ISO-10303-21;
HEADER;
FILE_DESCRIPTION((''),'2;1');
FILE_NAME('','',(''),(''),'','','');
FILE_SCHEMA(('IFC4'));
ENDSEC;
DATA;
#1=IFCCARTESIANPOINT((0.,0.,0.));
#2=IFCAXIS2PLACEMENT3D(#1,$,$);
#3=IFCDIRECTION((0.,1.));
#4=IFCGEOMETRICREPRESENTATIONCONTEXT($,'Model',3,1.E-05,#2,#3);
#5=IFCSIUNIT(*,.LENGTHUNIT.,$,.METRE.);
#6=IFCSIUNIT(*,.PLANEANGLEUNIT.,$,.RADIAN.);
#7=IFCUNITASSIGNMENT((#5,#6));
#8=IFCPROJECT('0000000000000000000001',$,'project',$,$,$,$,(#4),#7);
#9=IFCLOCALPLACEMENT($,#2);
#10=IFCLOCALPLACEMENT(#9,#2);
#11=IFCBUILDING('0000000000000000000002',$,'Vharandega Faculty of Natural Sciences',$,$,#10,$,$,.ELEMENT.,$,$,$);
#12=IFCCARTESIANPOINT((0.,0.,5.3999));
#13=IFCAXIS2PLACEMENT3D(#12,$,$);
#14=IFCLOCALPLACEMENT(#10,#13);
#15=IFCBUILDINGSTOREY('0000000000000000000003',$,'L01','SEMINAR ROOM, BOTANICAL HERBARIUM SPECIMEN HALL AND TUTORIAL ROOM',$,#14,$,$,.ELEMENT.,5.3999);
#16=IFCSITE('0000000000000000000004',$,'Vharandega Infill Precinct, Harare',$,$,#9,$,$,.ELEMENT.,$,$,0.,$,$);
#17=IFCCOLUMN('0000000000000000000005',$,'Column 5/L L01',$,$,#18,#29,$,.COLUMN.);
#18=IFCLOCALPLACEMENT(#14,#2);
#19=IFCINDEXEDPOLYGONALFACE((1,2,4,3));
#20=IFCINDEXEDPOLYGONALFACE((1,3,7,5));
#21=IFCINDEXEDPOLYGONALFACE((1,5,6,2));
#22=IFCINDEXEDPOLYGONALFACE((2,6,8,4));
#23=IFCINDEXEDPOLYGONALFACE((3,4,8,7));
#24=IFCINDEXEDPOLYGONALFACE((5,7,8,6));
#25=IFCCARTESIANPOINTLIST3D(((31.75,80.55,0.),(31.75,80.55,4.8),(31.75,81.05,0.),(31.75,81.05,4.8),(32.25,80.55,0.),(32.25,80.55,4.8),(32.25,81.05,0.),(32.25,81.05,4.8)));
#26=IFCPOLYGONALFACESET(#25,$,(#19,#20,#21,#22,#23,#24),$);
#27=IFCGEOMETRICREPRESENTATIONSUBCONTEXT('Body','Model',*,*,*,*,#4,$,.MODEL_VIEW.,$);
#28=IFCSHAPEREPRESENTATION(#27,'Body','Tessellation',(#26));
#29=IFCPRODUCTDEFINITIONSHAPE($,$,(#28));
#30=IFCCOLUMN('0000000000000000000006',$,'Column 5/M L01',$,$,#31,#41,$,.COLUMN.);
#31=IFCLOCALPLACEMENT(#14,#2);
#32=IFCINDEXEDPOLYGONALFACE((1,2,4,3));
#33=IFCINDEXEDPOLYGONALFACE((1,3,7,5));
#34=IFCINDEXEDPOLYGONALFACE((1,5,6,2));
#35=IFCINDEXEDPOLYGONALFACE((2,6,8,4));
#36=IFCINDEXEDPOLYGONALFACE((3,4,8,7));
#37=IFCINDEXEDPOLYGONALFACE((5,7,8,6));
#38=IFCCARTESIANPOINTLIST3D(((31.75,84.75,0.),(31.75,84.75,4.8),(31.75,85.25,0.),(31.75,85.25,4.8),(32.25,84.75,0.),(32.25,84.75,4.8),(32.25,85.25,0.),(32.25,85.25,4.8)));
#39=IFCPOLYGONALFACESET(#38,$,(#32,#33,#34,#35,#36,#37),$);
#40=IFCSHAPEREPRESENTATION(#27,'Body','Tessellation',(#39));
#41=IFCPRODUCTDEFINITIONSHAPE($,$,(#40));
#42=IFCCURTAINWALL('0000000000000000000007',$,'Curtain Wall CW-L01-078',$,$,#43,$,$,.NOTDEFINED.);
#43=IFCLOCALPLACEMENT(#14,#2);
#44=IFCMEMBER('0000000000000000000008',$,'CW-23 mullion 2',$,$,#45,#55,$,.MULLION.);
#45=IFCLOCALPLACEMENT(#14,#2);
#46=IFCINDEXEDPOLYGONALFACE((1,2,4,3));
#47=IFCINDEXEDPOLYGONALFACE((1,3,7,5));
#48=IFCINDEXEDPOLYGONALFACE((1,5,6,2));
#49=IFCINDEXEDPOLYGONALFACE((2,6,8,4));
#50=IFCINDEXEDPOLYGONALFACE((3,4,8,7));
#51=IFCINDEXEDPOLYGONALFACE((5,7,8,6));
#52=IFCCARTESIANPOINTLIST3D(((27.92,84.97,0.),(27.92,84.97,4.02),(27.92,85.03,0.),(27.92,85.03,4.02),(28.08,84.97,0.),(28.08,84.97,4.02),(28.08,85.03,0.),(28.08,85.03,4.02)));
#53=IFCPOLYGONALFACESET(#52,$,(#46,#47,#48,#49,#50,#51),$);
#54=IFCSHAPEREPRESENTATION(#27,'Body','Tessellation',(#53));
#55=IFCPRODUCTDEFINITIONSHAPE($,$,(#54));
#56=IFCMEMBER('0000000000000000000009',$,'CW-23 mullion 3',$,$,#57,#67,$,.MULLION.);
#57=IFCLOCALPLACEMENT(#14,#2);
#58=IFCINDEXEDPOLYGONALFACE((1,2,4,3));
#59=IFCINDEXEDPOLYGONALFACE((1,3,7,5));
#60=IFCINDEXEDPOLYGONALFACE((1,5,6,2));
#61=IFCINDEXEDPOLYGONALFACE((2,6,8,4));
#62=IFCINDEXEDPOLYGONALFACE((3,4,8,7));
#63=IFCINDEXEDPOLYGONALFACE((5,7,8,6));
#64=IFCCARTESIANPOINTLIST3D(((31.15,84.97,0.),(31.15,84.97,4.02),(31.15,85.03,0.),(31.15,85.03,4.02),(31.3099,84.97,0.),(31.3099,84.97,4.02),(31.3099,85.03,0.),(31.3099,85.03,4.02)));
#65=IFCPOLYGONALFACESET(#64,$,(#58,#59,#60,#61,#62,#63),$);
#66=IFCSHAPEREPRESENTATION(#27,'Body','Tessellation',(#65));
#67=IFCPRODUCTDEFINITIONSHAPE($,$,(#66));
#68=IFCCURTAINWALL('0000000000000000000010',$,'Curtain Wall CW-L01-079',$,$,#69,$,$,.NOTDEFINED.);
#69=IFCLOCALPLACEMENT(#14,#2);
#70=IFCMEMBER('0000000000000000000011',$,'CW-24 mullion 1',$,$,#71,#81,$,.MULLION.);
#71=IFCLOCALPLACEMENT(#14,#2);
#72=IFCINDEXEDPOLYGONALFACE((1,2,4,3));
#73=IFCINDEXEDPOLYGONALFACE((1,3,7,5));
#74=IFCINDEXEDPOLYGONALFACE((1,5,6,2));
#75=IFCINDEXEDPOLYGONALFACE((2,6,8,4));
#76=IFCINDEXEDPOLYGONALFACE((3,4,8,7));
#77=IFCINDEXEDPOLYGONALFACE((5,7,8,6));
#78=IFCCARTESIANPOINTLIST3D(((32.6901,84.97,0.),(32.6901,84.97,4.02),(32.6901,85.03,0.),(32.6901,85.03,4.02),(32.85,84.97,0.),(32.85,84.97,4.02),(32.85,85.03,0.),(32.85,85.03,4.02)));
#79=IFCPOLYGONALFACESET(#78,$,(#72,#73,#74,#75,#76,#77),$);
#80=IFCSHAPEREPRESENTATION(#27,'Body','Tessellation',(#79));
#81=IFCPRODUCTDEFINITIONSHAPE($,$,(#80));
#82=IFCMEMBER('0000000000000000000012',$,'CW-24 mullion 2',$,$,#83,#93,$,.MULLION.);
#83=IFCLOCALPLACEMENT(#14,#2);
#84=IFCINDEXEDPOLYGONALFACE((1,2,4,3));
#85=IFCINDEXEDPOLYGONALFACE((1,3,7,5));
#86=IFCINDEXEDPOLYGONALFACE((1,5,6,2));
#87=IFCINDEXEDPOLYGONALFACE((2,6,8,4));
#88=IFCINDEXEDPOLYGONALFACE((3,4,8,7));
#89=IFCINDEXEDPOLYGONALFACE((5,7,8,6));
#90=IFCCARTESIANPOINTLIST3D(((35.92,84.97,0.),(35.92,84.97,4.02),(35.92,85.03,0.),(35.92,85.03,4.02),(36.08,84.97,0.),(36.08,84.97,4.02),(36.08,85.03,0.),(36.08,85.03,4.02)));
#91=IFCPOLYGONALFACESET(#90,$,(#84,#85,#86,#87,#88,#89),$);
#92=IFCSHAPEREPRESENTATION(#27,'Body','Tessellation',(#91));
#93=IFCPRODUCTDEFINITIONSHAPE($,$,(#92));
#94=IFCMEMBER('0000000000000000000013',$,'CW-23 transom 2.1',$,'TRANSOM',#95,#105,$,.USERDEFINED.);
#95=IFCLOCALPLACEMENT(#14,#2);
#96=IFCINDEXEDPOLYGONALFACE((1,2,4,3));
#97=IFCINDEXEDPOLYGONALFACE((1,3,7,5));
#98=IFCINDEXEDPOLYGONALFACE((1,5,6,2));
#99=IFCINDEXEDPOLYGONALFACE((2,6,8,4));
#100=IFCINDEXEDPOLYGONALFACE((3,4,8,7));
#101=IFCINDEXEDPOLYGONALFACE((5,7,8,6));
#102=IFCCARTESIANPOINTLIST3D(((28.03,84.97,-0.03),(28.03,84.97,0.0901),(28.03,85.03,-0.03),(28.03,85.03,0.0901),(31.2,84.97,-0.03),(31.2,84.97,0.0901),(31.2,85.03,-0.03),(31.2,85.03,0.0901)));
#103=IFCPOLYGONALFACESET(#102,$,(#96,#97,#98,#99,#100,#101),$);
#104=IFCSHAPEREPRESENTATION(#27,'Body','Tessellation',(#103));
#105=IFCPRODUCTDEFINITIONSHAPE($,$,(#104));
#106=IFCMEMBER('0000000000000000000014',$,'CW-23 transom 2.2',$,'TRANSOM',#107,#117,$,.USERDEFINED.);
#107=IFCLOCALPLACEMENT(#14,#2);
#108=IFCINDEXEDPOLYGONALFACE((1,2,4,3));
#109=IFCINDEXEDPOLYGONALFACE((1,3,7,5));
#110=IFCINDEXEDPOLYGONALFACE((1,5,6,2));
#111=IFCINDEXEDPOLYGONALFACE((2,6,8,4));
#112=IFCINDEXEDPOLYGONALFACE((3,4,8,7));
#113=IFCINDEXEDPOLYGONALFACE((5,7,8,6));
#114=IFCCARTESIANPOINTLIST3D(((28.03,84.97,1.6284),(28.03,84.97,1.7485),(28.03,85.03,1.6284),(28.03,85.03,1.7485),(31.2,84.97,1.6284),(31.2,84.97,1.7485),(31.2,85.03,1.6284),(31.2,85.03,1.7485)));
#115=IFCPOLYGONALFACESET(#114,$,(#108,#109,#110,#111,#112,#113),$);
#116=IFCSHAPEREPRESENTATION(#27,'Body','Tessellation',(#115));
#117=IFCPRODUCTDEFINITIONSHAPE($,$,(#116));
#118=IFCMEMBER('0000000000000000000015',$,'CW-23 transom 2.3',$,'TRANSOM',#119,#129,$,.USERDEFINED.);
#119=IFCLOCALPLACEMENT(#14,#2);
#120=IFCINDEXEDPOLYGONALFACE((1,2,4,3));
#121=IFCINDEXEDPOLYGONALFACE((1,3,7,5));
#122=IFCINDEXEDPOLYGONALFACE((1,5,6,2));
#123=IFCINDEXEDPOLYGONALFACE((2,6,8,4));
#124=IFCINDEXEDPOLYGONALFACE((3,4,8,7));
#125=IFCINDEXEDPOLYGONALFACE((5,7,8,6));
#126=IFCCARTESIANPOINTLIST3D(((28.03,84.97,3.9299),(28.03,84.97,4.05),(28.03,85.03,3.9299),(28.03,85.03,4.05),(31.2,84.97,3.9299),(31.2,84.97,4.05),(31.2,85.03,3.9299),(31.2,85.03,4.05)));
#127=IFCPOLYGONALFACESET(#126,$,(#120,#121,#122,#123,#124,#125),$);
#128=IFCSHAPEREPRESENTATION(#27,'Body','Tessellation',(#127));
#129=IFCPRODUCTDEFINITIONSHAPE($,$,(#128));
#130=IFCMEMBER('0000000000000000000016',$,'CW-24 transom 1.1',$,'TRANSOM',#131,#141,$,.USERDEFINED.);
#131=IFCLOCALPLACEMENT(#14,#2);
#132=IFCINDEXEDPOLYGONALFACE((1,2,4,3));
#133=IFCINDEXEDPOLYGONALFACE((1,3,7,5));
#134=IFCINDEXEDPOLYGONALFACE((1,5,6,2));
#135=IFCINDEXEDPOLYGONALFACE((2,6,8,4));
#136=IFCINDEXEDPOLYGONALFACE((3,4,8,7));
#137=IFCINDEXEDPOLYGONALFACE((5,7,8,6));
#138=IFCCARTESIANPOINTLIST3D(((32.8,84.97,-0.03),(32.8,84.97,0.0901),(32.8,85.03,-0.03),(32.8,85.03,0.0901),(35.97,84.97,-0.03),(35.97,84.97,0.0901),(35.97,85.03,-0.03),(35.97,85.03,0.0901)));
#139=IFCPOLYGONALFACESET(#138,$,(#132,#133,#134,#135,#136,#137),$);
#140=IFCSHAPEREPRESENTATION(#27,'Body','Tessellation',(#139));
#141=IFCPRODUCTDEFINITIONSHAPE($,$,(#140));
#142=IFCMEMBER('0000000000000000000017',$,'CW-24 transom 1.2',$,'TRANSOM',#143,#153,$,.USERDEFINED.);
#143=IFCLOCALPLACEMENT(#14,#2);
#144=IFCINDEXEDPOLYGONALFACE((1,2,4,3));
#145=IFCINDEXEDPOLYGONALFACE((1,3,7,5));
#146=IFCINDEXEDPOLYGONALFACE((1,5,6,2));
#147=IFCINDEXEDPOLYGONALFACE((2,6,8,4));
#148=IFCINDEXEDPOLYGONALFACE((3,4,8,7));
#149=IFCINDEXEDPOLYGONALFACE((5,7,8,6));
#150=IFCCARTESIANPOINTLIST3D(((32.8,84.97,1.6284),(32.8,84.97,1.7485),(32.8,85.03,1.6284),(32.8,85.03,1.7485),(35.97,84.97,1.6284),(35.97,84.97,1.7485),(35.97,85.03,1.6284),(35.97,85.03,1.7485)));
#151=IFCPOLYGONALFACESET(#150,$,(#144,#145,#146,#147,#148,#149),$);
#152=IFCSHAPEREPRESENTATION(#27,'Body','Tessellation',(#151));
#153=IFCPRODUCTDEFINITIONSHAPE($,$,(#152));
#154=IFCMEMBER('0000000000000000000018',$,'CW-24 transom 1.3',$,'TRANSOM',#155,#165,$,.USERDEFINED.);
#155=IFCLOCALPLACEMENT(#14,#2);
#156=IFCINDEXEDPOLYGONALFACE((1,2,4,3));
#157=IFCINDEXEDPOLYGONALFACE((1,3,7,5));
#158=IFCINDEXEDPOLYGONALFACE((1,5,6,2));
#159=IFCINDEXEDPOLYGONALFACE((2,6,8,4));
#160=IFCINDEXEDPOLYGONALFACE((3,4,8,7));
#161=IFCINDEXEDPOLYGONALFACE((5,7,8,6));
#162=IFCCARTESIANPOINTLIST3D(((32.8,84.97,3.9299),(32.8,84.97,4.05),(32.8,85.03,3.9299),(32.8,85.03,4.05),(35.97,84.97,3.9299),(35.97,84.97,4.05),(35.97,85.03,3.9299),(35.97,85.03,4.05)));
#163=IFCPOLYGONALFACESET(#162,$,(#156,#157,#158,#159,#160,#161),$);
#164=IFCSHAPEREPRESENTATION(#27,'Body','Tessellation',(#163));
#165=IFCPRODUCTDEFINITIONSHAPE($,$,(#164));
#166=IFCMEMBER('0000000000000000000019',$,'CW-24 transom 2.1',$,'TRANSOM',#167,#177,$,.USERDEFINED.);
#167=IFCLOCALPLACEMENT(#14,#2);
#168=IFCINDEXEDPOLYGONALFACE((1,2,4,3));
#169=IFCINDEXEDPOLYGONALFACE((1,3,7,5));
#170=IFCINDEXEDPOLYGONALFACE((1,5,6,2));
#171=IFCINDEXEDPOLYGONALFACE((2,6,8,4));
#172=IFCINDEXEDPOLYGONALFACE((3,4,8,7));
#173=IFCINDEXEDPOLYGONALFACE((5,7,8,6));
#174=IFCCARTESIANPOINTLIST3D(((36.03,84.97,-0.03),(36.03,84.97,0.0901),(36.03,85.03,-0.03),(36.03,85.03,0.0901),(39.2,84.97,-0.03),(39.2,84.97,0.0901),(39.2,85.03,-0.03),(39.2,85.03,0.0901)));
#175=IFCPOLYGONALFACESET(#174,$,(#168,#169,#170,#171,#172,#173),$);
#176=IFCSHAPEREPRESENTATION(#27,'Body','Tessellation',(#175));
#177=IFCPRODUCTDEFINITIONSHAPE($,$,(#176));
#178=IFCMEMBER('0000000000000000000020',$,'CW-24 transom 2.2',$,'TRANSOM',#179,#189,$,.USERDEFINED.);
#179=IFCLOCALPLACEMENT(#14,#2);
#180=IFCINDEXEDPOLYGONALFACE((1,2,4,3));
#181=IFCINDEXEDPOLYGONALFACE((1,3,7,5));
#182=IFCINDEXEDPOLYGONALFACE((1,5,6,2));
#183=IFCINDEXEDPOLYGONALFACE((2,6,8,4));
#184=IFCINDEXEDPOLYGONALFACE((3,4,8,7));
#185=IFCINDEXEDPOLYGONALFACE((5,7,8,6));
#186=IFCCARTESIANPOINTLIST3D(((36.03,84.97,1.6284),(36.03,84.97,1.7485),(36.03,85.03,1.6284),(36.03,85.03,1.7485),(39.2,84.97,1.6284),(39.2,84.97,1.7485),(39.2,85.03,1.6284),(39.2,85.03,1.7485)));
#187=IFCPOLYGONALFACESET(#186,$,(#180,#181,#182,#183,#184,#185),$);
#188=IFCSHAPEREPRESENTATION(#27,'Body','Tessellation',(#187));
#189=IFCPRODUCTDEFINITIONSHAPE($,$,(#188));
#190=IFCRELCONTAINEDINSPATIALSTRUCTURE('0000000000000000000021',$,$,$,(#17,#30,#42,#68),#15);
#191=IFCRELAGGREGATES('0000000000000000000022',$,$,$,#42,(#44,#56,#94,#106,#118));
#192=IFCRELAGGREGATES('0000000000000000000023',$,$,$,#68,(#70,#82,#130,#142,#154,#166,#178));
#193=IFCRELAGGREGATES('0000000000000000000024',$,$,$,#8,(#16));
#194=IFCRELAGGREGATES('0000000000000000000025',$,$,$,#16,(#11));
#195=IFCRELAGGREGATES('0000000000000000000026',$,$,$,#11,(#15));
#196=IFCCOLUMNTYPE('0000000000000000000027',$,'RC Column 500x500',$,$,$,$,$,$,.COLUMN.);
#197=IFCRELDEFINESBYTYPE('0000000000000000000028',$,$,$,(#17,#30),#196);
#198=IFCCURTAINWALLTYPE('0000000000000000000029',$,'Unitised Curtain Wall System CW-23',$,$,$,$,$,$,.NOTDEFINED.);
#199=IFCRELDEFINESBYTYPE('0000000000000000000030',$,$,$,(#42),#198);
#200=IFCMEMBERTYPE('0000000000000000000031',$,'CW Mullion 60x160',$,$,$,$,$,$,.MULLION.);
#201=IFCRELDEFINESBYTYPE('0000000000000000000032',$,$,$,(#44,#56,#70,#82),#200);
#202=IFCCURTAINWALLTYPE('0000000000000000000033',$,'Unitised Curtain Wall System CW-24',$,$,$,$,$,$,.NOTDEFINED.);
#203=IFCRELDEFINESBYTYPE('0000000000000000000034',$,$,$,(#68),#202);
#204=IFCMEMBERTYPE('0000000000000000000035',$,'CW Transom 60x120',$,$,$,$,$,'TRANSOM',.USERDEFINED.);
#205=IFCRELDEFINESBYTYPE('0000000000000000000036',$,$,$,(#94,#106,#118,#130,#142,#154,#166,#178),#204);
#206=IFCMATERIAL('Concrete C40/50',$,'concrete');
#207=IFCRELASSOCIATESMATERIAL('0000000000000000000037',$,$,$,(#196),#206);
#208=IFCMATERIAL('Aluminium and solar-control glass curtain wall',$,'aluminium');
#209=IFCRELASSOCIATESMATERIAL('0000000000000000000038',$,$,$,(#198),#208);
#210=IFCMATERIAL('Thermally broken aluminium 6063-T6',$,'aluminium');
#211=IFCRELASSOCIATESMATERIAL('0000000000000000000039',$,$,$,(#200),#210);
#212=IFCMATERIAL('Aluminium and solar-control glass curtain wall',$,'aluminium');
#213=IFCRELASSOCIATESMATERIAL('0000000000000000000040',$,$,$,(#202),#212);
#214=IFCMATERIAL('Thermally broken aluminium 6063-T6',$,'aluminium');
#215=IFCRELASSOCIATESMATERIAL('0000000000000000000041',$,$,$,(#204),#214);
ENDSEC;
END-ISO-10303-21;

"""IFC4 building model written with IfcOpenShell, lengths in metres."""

from ifc_helpers import new_model, si_unit, direction, frame, origin, origin_2d, place, context, subcontext, project, spatial, rectangle, extrude, material, material_profile, profile_set, type_object, element, aggregate, save


model = new_model("IFC4")

# Units and contexts
model_context = context("Model", 3, precision=1e-05, world=origin(), true_north=direction((0.0, 1.0)))
body_context = subcontext(model_context, "Body", "Model", "MODEL_VIEW")
ifc_project = project(units=[si_unit("LENGTHUNIT", "METRE"), si_unit("PLANEANGLEUNIT", "RADIAN")], contexts=[model_context])

# Site, building, storey
site_placement = place(None, origin())
site = spatial("IfcSite", under=ifc_project, at=site_placement, Name="Vharandega Infill Precinct, Harare", CompositionType="ELEMENT", RefElevation=0.0)
building_placement = place(site_placement, origin())
building = spatial("IfcBuilding", under=site, at=building_placement, Name="Vharandega Faculty of Natural Sciences", CompositionType="ELEMENT")
storey_placement = place(building_placement, frame((0.0, 0.0, 5.3999)))
storey = spatial("IfcBuildingStorey", under=building, at=storey_placement, Name="L01", Description="SEMINAR ROOM, BOTANICAL HERBARIUM SPECIMEN HALL AND TUTORIAL ROOM", CompositionType="ELEMENT", Elevation=5.3999)

# Columns
ifc_material_1 = material(Name="Concrete C40/50", Category="concrete")
ifc_material_profile_1 = material_profile(ifc_material_1, rectangle(XDim=0.5, YDim=0.5, at=origin_2d()), Name="RC 500x500")
ifc_profile_set_1 = profile_set([ifc_material_profile_1], Name="Concrete C40/50")
column_type = type_object("IfcColumnType", Name="RC Column 500x500", PredefinedType="COLUMN", material=ifc_profile_set_1)
for number, where, z_axis, x_axis, name in (
    (1, (32.0, 80.8, 0.0), (0.0, 0.0, 1.0), (1.0, 0.0, 0.0), "Column 5/L L01"),
    (2, (32.0, 85.0, 0.0), (0.0, 0.0, 1.0), (1.0, 0.0, 0.0), "Column 5/M L01"),
):
    element("IfcColumn", number, at=place(storey_placement, frame(where, z_axis=z_axis, x_axis=x_axis)), inside=storey, type_object=column_type, Name=name, PredefinedType="COLUMN", context=body_context, shape_type="SweptSolid", body=[
        extrude(rectangle(XDim=0.5, YDim=0.5, at=origin_2d()), origin(), (0.0, 0.0, 1.0), 4.8),
    ])

# Curtain walls, members
ifc_material_2 = material(Name="Aluminium and solar-control glass curtain wall", Category="aluminium")
curtain_wall_type_1 = type_object("IfcCurtainWallType", Name="Unitised Curtain Wall System CW-23", PredefinedType="NOTDEFINED", material=ifc_material_2)
curtain_wall_1_placement = place(storey_placement, origin())
curtain_wall_1 = element("IfcCurtainWall", 3, at=curtain_wall_1_placement, inside=storey, type_object=curtain_wall_type_1, Name="Curtain Wall CW-L01-078", PredefinedType="NOTDEFINED")
ifc_material_3 = material(Name="Thermally broken aluminium 6063-T6", Category="aluminium")
ifc_material_profile_2 = material_profile(ifc_material_3, rectangle(XDim=0.0601, YDim=0.1599, at=origin_2d()), Name="ALU 60x160")
ifc_profile_set_2 = profile_set([ifc_material_profile_2], Name="Thermally broken aluminium 6063-T6")
member_type_1 = type_object("IfcMemberType", Name="CW Mullion 60x160", PredefinedType="MULLION", material=ifc_profile_set_2)
member_1_placement = place(storey_placement, frame((28.0, 85.0, 0.0), z_axis=(0.0, 0.0, 1.0), x_axis=(0.0, 1.0, 0.0)))
member_1 = element("IfcMember", 4, at=member_1_placement, type_object=member_type_1, Name="CW-23 mullion 2", PredefinedType="MULLION", context=body_context, shape_type="SweptSolid", body=[
    extrude(rectangle(XDim=0.0601, YDim=0.1599, at=origin_2d()), origin(), (0.0, 0.0, 1.0), 4.02),
])
member_2_placement = place(storey_placement, frame((31.23, 85.0, 0.0), z_axis=(0.0, 0.0, 1.0), x_axis=(0.0, 1.0, 0.0)))
member_2 = element("IfcMember", 5, at=member_2_placement, type_object=member_type_1, Name="CW-23 mullion 3", PredefinedType="MULLION", context=body_context, shape_type="SweptSolid", body=[
    extrude(rectangle(XDim=0.0601, YDim=0.1599, at=origin_2d()), origin(), (0.0, 0.0, 1.0), 4.02),
])
ifc_material_4 = material(Name="Aluminium and solar-control glass curtain wall", Category="aluminium")
curtain_wall_type_2 = type_object("IfcCurtainWallType", Name="Unitised Curtain Wall System CW-24", PredefinedType="NOTDEFINED", material=ifc_material_4)
curtain_wall_2_placement = place(storey_placement, origin())
curtain_wall_2 = element("IfcCurtainWall", 6, at=curtain_wall_2_placement, inside=storey, type_object=curtain_wall_type_2, Name="Curtain Wall CW-L01-079", PredefinedType="NOTDEFINED")
member_3_placement = place(storey_placement, frame((32.77, 85.0, 0.0), z_axis=(0.0, 0.0, 1.0), x_axis=(0.0, 1.0, 0.0)))
member_3 = element("IfcMember", 7, at=member_3_placement, type_object=member_type_1, Name="CW-24 mullion 1", PredefinedType="MULLION", context=body_context, shape_type="SweptSolid", body=[
    extrude(rectangle(XDim=0.0601, YDim=0.1599, at=origin_2d()), origin(), (0.0, 0.0, 1.0), 4.02),
])
member_4_placement = place(storey_placement, frame((36.0, 85.0, 0.0), z_axis=(0.0, 0.0, 1.0), x_axis=(0.0, 1.0, 0.0)))
member_4 = element("IfcMember", 8, at=member_4_placement, type_object=member_type_1, Name="CW-24 mullion 2", PredefinedType="MULLION", context=body_context, shape_type="SweptSolid", body=[
    extrude(rectangle(XDim=0.0601, YDim=0.1599, at=origin_2d()), origin(), (0.0, 0.0, 1.0), 4.02),
])

# Members
ifc_material_5 = material(Name="Thermally broken aluminium 6063-T6", Category="aluminium")
ifc_material_profile_3 = material_profile(ifc_material_5, rectangle(XDim=0.0601, YDim=0.1201, at=origin_2d()), Name="ALU 60x120")
ifc_profile_set_3 = profile_set([ifc_material_profile_3], Name="Thermally broken aluminium 6063-T6")
member_type_2 = type_object("IfcMemberType", Name="CW Transom 60x120", ElementType="TRANSOM", PredefinedType="USERDEFINED", material=ifc_profile_set_3)
member_5_placement = place(storey_placement, frame((28.03, 85.0, 0.03), z_axis=(1.0, 0.0, 0.0), x_axis=(0.0, 1.0, 0.0)))
member_5 = element("IfcMember", 9, at=member_5_placement, type_object=member_type_2, Name="CW-23 transom 2.1", ObjectType="TRANSOM", PredefinedType="USERDEFINED", context=body_context, shape_type="SweptSolid", body=[
    extrude(rectangle(XDim=0.0601, YDim=0.1201, at=origin_2d()), origin(), (0.0, 0.0, 1.0), 3.1699),
])
member_6_placement = place(storey_placement, frame((28.03, 85.0, 1.6885), z_axis=(1.0, 0.0, 0.0), x_axis=(0.0, 1.0, 0.0)))
member_6 = element("IfcMember", 10, at=member_6_placement, type_object=member_type_2, Name="CW-23 transom 2.2", ObjectType="TRANSOM", PredefinedType="USERDEFINED", context=body_context, shape_type="SweptSolid", body=[
    extrude(rectangle(XDim=0.0601, YDim=0.1201, at=origin_2d()), origin(), (0.0, 0.0, 1.0), 3.1699),
])
member_7_placement = place(storey_placement, frame((28.03, 85.0, 3.99), z_axis=(1.0, 0.0, 0.0), x_axis=(0.0, 1.0, 0.0)))
member_7 = element("IfcMember", 11, at=member_7_placement, type_object=member_type_2, Name="CW-23 transom 2.3", ObjectType="TRANSOM", PredefinedType="USERDEFINED", context=body_context, shape_type="SweptSolid", body=[
    extrude(rectangle(XDim=0.0601, YDim=0.1201, at=origin_2d()), origin(), (0.0, 0.0, 1.0), 3.1699),
])
member_8_placement = place(storey_placement, frame((32.8, 85.0, 0.03), z_axis=(1.0, 0.0, 0.0), x_axis=(0.0, 1.0, 0.0)))
member_8 = element("IfcMember", 12, at=member_8_placement, type_object=member_type_2, Name="CW-24 transom 1.1", ObjectType="TRANSOM", PredefinedType="USERDEFINED", context=body_context, shape_type="SweptSolid", body=[
    extrude(rectangle(XDim=0.0601, YDim=0.1201, at=origin_2d()), origin(), (0.0, 0.0, 1.0), 3.1699),
])
member_9_placement = place(storey_placement, frame((32.8, 85.0, 1.6885), z_axis=(1.0, 0.0, 0.0), x_axis=(0.0, 1.0, 0.0)))
member_9 = element("IfcMember", 13, at=member_9_placement, type_object=member_type_2, Name="CW-24 transom 1.2", ObjectType="TRANSOM", PredefinedType="USERDEFINED", context=body_context, shape_type="SweptSolid", body=[
    extrude(rectangle(XDim=0.0601, YDim=0.1201, at=origin_2d()), origin(), (0.0, 0.0, 1.0), 3.1699),
])
member_10_placement = place(storey_placement, frame((32.8, 85.0, 3.99), z_axis=(1.0, 0.0, 0.0), x_axis=(0.0, 1.0, 0.0)))
member_10 = element("IfcMember", 14, at=member_10_placement, type_object=member_type_2, Name="CW-24 transom 1.3", ObjectType="TRANSOM", PredefinedType="USERDEFINED", context=body_context, shape_type="SweptSolid", body=[
    extrude(rectangle(XDim=0.0601, YDim=0.1201, at=origin_2d()), origin(), (0.0, 0.0, 1.0), 3.1699),
])
member_11_placement = place(storey_placement, frame((36.03, 85.0, 0.03), z_axis=(1.0, 0.0, 0.0), x_axis=(0.0, 1.0, 0.0)))
member_11 = element("IfcMember", 15, at=member_11_placement, type_object=member_type_2, Name="CW-24 transom 2.1", ObjectType="TRANSOM", PredefinedType="USERDEFINED", context=body_context, shape_type="SweptSolid", body=[
    extrude(rectangle(XDim=0.0601, YDim=0.1201, at=origin_2d()), origin(), (0.0, 0.0, 1.0), 3.1699),
])
member_12_placement = place(storey_placement, frame((36.03, 85.0, 1.6885), z_axis=(1.0, 0.0, 0.0), x_axis=(0.0, 1.0, 0.0)))
member_12 = element("IfcMember", 16, at=member_12_placement, type_object=member_type_2, Name="CW-24 transom 2.2", ObjectType="TRANSOM", PredefinedType="USERDEFINED", context=body_context, shape_type="SweptSolid", body=[
    extrude(rectangle(XDim=0.0601, YDim=0.1201, at=origin_2d()), origin(), (0.0, 0.0, 1.0), 3.1699),
])

aggregate(curtain_wall_1, [member_1, member_2, member_5, member_6, member_7])
aggregate(curtain_wall_2, [member_3, member_4, member_8, member_9, member_10, member_11, member_12])

save(model, "model.ifc")
